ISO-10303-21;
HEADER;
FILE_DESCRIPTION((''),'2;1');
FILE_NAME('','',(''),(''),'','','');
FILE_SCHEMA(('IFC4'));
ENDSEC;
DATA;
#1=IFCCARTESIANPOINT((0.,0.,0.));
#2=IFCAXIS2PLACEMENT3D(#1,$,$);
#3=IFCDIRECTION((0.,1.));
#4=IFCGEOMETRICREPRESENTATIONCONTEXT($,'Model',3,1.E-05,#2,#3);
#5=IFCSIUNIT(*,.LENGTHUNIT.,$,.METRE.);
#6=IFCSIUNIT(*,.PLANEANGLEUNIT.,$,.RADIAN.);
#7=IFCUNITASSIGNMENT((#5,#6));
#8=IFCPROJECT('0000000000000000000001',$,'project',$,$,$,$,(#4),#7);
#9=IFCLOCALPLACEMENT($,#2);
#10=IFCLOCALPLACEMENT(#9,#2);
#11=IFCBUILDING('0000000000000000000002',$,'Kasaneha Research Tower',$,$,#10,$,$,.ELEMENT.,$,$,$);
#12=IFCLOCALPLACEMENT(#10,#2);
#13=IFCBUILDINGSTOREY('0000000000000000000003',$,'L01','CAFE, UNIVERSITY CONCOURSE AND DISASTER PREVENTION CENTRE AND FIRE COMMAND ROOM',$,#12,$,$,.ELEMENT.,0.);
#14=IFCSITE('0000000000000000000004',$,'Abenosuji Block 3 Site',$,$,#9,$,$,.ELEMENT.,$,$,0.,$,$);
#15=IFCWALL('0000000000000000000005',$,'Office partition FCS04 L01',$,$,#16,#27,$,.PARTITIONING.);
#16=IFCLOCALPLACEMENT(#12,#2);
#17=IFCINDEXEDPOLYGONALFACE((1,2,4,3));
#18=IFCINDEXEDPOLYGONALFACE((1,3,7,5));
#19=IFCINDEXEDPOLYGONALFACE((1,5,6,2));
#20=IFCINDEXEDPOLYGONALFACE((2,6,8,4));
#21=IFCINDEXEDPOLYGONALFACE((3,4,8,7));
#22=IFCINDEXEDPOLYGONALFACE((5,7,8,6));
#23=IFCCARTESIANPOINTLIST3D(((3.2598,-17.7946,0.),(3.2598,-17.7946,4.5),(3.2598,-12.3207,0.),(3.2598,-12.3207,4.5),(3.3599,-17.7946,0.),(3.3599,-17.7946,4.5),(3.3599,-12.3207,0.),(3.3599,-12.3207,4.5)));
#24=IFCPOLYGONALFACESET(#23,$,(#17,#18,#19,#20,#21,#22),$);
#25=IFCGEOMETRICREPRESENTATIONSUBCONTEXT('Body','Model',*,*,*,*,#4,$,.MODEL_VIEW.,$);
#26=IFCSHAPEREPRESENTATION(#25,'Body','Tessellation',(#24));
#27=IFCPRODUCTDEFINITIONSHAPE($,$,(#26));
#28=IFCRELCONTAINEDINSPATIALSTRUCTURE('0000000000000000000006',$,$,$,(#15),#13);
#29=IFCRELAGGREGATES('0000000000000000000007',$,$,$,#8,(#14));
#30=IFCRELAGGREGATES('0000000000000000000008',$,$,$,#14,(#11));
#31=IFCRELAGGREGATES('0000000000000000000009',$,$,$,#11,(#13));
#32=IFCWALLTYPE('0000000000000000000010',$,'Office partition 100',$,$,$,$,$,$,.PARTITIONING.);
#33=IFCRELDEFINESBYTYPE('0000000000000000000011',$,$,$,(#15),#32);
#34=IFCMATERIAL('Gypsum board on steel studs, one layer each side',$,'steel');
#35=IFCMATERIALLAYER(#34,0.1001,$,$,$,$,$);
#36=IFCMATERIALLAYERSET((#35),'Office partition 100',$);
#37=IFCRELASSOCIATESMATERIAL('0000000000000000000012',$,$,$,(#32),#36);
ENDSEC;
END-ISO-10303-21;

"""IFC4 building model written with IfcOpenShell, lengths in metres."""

from ifc_helpers import new_model, si_unit, direction, frame, frame_2d, origin, place, context, subcontext, project, spatial, rectangle, extrude, material, layer, layer_set, type_object, element, save


model = new_model("IFC4")

# Units and contexts
model_context = context("Model", 3, precision=1e-05, world=origin(), true_north=direction((0.0, 1.0)))
body_context = subcontext(model_context, "Body", "Model", "MODEL_VIEW")
ifc_project = project(units=[si_unit("LENGTHUNIT", "METRE"), si_unit("PLANEANGLEUNIT", "RADIAN")], contexts=[model_context])

# Site, building, storey
site_placement = place(None, origin())
site = spatial("IfcSite", under=ifc_project, at=site_placement, Name="Abenosuji Block 3 Site", CompositionType="ELEMENT", RefElevation=0.0)
building_placement = place(site_placement, origin())
building = spatial("IfcBuilding", under=site, at=building_placement, Name="Kasaneha Research Tower", CompositionType="ELEMENT")
storey_placement = place(building_placement, origin())
storey = spatial("IfcBuildingStorey", under=building, at=storey_placement, Name="L01", Description="CAFE, UNIVERSITY CONCOURSE AND DISASTER PREVENTION CENTRE AND FIRE COMMAND ROOM", CompositionType="ELEMENT", Elevation=0.0)

# Shared definitions
ifc_material_1 = material(Name="Gypsum board on steel studs, one layer each side", Category="steel")
ifc_layer_1 = layer(ifc_material_1, 0.1001)
ifc_layer_set_1 = layer_set([ifc_layer_1], Name="Office partition 100")
wall_type = type_object("IfcWallType", Name="Office partition 100", PredefinedType="PARTITIONING", material=ifc_layer_set_1)

# Wall
wall_1_placement = place(storey_placement, frame((3.3098, -17.7944, 0.0), z_axis=(0.0, 0.0, 1.0), x_axis=(0.0, 1.0, 0.0)))
element("IfcWall", 1, at=wall_1_placement, inside=storey, type_object=wall_type, Name="Office partition FCS04 L01", PredefinedType="PARTITIONING", context=body_context, shape_type="SweptSolid", body=[
    extrude(rectangle(XDim=5.4739, YDim=0.1001, at=frame_2d((2.7368, 0.0))), origin(), (0.0, 0.0, 1.0), 4.5),
])

save(model, "model.ifc")
